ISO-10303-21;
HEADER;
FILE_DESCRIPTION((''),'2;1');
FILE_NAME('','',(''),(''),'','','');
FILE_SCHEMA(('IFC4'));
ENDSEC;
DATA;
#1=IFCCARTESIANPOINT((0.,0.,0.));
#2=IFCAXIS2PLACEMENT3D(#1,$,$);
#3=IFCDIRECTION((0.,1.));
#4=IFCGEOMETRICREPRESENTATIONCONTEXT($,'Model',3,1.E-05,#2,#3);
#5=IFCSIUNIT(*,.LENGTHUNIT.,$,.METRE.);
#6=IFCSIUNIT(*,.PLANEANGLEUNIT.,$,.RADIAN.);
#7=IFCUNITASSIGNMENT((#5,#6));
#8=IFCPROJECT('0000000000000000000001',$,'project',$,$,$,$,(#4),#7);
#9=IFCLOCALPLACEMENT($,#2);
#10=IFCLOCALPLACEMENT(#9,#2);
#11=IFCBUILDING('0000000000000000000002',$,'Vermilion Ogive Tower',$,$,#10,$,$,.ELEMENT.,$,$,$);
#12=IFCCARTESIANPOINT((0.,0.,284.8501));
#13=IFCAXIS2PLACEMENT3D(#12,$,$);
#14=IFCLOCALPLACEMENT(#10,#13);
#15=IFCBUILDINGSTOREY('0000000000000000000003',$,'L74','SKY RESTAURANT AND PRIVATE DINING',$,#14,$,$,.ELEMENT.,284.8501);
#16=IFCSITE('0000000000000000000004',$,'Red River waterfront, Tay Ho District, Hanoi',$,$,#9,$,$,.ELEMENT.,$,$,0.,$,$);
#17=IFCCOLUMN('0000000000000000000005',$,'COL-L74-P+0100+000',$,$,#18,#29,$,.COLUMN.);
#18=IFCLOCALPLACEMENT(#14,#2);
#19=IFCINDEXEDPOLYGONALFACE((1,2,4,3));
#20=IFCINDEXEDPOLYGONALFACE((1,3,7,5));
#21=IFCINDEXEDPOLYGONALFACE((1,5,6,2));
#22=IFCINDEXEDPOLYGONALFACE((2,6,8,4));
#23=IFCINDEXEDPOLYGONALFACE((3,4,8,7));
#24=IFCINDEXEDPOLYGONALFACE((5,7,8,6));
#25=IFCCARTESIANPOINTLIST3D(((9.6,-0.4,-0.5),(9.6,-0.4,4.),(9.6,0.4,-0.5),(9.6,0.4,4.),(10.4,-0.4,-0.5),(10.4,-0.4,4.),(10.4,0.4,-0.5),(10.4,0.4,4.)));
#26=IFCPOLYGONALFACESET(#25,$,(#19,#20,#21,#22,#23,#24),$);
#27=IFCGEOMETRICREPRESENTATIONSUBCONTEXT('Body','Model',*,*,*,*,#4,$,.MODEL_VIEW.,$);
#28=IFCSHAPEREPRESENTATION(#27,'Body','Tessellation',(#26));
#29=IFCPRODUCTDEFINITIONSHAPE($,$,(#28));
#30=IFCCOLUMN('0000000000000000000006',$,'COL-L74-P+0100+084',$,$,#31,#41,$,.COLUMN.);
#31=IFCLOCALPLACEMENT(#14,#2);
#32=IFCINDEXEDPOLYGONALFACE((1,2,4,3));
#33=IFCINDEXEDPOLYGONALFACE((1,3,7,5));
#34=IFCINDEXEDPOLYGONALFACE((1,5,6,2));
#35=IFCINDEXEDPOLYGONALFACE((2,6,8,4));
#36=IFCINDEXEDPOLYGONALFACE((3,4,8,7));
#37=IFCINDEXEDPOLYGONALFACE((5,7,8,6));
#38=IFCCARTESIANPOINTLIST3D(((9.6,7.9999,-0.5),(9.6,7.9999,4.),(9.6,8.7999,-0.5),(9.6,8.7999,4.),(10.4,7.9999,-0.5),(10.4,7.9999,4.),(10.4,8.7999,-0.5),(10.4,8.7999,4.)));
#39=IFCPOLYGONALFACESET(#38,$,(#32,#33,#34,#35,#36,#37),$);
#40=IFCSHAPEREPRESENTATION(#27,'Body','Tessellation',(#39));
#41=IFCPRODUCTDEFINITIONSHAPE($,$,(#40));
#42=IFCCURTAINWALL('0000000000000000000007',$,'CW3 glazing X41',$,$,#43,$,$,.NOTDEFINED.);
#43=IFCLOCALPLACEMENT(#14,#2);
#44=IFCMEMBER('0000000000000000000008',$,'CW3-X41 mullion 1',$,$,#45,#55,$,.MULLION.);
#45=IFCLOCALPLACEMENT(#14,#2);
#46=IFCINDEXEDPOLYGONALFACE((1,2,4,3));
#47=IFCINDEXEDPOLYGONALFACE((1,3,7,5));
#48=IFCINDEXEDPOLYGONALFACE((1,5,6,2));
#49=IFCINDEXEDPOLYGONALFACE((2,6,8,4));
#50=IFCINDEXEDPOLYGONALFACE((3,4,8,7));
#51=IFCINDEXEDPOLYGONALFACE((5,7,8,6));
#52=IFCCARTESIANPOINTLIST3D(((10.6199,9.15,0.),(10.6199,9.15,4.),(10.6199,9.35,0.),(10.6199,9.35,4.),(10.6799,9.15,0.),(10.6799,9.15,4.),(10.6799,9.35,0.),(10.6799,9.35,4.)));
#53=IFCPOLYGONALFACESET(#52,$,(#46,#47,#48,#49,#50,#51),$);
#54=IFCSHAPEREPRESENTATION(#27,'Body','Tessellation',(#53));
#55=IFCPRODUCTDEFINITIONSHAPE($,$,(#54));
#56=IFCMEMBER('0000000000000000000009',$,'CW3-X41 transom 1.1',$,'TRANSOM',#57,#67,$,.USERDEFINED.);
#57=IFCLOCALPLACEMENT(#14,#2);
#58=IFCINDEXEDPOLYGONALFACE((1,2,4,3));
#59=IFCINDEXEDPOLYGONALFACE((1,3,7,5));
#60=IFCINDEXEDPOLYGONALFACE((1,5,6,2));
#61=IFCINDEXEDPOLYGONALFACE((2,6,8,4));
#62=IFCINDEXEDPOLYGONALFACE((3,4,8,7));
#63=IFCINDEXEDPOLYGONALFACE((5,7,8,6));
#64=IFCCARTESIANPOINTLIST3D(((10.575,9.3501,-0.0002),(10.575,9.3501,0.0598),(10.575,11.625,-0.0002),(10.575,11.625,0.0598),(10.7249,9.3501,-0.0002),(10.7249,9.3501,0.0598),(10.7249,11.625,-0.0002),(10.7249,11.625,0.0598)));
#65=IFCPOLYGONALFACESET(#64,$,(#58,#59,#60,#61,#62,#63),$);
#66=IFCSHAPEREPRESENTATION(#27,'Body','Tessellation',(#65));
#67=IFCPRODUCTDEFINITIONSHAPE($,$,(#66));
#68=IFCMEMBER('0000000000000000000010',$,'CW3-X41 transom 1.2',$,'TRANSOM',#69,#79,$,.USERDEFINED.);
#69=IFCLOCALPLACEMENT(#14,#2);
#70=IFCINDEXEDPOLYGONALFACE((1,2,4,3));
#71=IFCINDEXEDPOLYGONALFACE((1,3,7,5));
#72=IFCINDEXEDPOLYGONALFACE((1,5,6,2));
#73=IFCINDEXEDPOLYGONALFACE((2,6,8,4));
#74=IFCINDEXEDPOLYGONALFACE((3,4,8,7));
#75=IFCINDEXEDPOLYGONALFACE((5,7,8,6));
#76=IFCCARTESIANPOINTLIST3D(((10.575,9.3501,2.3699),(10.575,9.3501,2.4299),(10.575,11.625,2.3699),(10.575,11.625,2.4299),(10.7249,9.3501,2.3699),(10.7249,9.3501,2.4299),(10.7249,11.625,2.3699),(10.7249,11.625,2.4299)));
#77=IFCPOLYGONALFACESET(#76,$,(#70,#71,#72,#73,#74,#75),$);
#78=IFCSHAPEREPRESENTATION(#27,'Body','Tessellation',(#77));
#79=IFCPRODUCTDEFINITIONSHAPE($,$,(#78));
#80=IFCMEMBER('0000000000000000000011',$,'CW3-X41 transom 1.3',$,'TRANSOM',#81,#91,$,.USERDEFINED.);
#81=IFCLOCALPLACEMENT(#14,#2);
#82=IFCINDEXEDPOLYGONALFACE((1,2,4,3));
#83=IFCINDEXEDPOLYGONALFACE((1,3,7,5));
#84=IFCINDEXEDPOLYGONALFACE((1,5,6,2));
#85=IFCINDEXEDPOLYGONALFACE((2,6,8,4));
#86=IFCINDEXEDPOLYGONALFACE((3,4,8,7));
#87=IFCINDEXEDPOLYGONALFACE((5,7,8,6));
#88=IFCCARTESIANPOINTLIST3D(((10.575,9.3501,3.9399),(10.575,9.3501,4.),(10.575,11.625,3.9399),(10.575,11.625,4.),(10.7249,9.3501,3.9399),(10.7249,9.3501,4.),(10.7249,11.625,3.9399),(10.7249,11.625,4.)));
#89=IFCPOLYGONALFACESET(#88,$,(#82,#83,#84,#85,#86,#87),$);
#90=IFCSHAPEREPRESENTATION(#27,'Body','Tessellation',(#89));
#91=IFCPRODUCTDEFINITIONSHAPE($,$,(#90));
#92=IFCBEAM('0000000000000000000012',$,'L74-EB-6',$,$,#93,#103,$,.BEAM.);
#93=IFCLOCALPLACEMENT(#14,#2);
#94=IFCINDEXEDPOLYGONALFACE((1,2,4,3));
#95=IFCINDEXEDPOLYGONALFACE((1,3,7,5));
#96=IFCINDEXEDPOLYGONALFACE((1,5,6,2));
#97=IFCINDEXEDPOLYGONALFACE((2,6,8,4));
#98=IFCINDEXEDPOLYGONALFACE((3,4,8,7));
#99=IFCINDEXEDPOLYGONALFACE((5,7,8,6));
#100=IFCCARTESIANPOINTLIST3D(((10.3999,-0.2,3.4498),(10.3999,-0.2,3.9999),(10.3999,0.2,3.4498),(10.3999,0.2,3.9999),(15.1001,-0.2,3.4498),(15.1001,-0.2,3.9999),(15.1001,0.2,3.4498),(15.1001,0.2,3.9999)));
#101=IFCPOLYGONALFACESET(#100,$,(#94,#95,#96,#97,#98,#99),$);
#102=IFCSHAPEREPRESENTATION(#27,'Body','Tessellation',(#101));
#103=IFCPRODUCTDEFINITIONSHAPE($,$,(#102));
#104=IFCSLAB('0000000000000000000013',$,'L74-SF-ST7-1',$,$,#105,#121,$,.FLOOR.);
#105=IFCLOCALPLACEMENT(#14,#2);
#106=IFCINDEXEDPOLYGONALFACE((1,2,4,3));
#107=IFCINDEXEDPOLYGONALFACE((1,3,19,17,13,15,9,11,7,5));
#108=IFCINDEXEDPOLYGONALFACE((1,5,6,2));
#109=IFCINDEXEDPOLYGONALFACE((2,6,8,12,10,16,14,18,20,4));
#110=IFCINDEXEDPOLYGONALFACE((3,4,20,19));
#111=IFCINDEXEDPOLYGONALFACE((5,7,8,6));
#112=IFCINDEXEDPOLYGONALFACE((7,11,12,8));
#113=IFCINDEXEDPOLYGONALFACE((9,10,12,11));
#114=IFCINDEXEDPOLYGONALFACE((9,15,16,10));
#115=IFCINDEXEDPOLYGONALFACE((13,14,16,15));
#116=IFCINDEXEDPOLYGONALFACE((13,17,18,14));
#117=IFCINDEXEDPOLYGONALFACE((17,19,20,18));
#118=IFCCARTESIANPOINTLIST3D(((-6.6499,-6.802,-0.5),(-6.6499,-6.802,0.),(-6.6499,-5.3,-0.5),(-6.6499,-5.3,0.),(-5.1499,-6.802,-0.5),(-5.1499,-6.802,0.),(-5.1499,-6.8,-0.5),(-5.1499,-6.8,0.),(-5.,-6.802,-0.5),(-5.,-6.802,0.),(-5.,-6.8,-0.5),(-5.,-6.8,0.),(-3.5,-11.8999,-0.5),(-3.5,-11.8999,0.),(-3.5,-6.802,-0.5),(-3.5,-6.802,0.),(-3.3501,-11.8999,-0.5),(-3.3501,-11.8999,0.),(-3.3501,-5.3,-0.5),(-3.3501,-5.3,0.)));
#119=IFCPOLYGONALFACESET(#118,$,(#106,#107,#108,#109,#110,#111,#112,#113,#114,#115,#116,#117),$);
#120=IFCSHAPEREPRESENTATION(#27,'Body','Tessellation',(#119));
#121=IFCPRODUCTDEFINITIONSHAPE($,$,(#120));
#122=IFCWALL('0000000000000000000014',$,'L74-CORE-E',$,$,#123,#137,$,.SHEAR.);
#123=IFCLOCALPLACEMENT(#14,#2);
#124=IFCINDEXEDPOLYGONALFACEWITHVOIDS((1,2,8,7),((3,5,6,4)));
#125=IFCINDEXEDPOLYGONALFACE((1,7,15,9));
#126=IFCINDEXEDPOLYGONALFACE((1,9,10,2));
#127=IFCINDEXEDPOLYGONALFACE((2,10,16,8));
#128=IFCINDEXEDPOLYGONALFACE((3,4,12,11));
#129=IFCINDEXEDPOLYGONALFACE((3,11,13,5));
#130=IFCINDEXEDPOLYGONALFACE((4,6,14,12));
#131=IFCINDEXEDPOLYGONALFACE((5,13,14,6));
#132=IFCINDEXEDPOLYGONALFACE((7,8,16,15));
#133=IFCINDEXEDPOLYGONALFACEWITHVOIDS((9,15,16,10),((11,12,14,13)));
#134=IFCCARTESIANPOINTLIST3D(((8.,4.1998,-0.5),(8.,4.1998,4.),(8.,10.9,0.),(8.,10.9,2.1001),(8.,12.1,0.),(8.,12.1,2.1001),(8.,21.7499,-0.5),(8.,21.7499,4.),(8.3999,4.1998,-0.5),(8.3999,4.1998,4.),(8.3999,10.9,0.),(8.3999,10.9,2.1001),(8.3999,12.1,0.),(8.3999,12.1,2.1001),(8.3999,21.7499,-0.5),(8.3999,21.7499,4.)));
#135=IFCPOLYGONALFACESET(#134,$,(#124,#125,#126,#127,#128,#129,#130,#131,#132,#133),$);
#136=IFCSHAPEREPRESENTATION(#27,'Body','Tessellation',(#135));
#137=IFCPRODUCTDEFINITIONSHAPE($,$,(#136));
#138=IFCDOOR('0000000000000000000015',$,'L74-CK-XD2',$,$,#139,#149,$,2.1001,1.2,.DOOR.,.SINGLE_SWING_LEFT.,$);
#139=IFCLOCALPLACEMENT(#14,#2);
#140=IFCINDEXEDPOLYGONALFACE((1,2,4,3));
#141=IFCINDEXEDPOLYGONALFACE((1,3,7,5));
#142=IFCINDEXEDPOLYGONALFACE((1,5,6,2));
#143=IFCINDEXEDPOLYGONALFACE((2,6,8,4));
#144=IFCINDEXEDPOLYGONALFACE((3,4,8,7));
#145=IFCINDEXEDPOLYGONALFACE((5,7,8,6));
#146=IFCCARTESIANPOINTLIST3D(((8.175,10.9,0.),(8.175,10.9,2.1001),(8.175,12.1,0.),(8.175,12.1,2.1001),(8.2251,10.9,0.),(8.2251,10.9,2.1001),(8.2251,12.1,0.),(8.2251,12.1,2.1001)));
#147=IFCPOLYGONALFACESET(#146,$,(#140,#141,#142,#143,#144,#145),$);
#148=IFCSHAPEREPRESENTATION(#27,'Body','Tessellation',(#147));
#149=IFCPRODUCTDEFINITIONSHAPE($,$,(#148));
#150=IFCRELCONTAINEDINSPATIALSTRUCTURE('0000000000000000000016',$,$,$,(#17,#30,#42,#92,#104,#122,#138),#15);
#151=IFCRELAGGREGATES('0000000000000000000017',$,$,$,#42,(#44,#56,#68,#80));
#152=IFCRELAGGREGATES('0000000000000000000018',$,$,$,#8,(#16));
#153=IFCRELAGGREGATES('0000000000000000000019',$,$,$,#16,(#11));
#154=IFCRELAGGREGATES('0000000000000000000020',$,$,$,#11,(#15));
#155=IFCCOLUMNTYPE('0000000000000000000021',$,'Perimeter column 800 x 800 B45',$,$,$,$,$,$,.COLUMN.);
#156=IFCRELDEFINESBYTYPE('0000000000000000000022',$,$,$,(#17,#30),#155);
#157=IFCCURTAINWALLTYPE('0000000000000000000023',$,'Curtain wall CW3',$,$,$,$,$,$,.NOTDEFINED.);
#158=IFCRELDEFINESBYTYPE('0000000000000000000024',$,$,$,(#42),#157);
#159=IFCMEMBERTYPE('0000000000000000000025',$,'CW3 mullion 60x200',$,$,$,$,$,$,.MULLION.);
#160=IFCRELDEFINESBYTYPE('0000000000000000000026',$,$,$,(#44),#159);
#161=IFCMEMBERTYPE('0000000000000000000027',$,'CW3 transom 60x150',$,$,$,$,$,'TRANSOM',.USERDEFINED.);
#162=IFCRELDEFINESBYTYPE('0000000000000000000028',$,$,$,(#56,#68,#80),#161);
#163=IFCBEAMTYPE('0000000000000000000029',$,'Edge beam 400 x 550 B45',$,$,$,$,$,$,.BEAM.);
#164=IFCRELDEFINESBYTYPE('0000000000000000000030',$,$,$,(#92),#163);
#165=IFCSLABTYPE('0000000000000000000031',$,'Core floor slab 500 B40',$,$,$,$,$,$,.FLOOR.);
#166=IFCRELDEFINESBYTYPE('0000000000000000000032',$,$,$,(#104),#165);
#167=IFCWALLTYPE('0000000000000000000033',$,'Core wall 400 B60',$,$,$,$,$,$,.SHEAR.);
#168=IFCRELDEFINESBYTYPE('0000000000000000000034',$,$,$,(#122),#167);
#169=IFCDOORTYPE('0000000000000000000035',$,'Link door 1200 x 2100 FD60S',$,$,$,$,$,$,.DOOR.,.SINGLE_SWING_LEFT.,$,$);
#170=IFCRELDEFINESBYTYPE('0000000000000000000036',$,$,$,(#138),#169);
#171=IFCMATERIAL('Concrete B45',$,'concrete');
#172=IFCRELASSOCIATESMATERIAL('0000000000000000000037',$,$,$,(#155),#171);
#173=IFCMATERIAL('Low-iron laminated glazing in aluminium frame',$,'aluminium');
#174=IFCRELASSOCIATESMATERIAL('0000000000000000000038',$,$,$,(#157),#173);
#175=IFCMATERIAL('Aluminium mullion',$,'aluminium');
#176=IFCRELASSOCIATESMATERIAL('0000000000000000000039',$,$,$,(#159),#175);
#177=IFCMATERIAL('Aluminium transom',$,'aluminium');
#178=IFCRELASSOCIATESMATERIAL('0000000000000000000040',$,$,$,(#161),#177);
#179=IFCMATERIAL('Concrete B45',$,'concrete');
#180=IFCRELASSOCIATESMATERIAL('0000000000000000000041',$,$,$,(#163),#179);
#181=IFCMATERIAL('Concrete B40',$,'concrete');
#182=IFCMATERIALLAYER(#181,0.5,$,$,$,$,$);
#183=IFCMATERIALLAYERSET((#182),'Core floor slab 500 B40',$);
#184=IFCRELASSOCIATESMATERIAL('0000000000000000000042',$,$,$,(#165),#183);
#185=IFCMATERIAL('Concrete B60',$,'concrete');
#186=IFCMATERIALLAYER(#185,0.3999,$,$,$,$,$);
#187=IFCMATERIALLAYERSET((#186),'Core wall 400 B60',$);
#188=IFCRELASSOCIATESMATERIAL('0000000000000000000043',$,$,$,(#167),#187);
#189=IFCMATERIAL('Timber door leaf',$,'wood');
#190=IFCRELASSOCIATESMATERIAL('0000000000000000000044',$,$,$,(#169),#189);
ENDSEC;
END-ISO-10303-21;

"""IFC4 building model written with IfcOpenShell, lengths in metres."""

from ifc_helpers import new_model, si_unit, direction, frame, frame_2d, origin, origin_2d, place, context, subcontext, project, spatial, polyline, rectangle, outline, extrude, material, layer, layer_set, material_profile, profile_set, type_object, element, fill, aggregate, save


model = new_model("IFC4")

# Units and contexts
model_context = context("Model", 3, precision=1e-05, world=origin(), true_north=direction((0.0, 1.0)))
body_context = subcontext(model_context, "Body", "Model", "MODEL_VIEW")
ifc_project = project(units=[si_unit("LENGTHUNIT", "METRE"), si_unit("PLANEANGLEUNIT", "RADIAN")], contexts=[model_context])

# Site, building, storey
site_placement = place(None, origin())
site = spatial("IfcSite", under=ifc_project, at=site_placement, Name="Red River waterfront, Tay Ho District, Hanoi", CompositionType="ELEMENT", RefElevation=0.0)
building_placement = place(site_placement, origin())
building = spatial("IfcBuilding", under=site, at=building_placement, Name="Vermilion Ogive Tower", CompositionType="ELEMENT")
storey_placement = place(building_placement, frame((0.0, 0.0, 284.8501)))
storey = spatial("IfcBuildingStorey", under=building, at=storey_placement, Name="L74", Description="SKY RESTAURANT AND PRIVATE DINING", CompositionType="ELEMENT", Elevation=284.8501)

# Columns
ifc_material_1 = material(Name="Concrete B45", Category="concrete")
ifc_material_profile_1 = material_profile(ifc_material_1, rectangle(XDim=0.8, YDim=0.8, at=origin_2d()), Name="800 x 800")
ifc_profile_set_1 = profile_set([ifc_material_profile_1], Name="Concrete B45")
column_type = type_object("IfcColumnType", Name="Perimeter column 800 x 800 B45", PredefinedType="COLUMN", material=ifc_profile_set_1)
for number, where, z_axis, x_axis, name in (
    (1, (10.0, 0.0, -0.5), (0.0, 0.0, 1.0), (1.0, 0.0, 0.0), "COL-L74-P+0100+000"),
    (2, (10.0, 8.3999, -0.5), (0.0, 0.0, 1.0), (1.0, 0.0, 0.0), "COL-L74-P+0100+084"),
):
    element("IfcColumn", number, at=place(storey_placement, frame(where, z_axis=z_axis, x_axis=x_axis)), inside=storey, type_object=column_type, Name=name, PredefinedType="COLUMN", context=body_context, shape_type="SweptSolid", body=[
        extrude(rectangle(XDim=0.8, YDim=0.8, at=origin_2d()), origin(), (0.0, 0.0, 1.0), 4.5),
    ])

# Curtain wall, members
ifc_material_2 = material(Name="Low-iron laminated glazing in aluminium frame", Category="aluminium")
curtain_wall_type = type_object("IfcCurtainWallType", Name="Curtain wall CW3", PredefinedType="NOTDEFINED", material=ifc_material_2)
curtain_wall_placement = place(storey_placement, origin())
curtain_wall = element("IfcCurtainWall", 3, at=curtain_wall_placement, inside=storey, type_object=curtain_wall_type, Name="CW3 glazing X41", PredefinedType="NOTDEFINED")
ifc_material_3 = material(Name="Aluminium mullion", Category="aluminium")
ifc_material_profile_2 = material_profile(ifc_material_3, rectangle(XDim=0.0601, YDim=0.2, at=origin_2d()), Name="AL 60x200")
ifc_profile_set_2 = profile_set([ifc_material_profile_2], Name="Aluminium mullion")
member_type_1 = type_object("IfcMemberType", Name="CW3 mullion 60x200", PredefinedType="MULLION", material=ifc_profile_set_2)
member_1_placement = place(storey_placement, frame((10.6499, 9.25, 0.0), z_axis=(0.0, 0.0, 1.0), x_axis=(-1.0, 0.0, 0.0)))
member_1 = element("IfcMember", 4, at=member_1_placement, type_object=member_type_1, Name="CW3-X41 mullion 1", PredefinedType="MULLION", context=body_context, shape_type="SweptSolid", body=[
    extrude(rectangle(XDim=0.0601, YDim=0.2, at=origin_2d()), origin(), (0.0, 0.0, 1.0), 4.0),
])
ifc_material_4 = material(Name="Aluminium transom", Category="aluminium")
ifc_material_profile_3 = material_profile(ifc_material_4, rectangle(XDim=0.1499, YDim=0.0601, at=origin_2d()), Name="AL 60x150")
ifc_profile_set_3 = profile_set([ifc_material_profile_3], Name="Aluminium transom")
member_type_2 = type_object("IfcMemberType", Name="CW3 transom 60x150", ElementType="TRANSOM", PredefinedType="USERDEFINED", material=ifc_profile_set_3)
member_2_placement = place(storey_placement, frame((10.6499, 9.3501, 0.0298), z_axis=(0.0, 1.0, 0.0), x_axis=(-1.0, 0.0, 0.0)))
member_2 = element("IfcMember", 5, at=member_2_placement, type_object=member_type_2, Name="CW3-X41 transom 1.1", ObjectType="TRANSOM", PredefinedType="USERDEFINED", context=body_context, shape_type="SweptSolid", body=[
    extrude(rectangle(XDim=0.1499, YDim=0.0601, at=origin_2d()), origin(), (0.0, 0.0, 1.0), 2.2749),
])
member_3_placement = place(storey_placement, frame((10.6499, 9.3501, 2.3999), z_axis=(0.0, 1.0, 0.0), x_axis=(-1.0, 0.0, 0.0)))
member_3 = element("IfcMember", 6, at=member_3_placement, type_object=member_type_2, Name="CW3-X41 transom 1.2", ObjectType="TRANSOM", PredefinedType="USERDEFINED", context=body_context, shape_type="SweptSolid", body=[
    extrude(rectangle(XDim=0.1499, YDim=0.0601, at=origin_2d()), origin(), (0.0, 0.0, 1.0), 2.2749),
])
member_4_placement = place(storey_placement, frame((10.6499, 9.3501, 3.97), z_axis=(0.0, 1.0, 0.0), x_axis=(-1.0, 0.0, 0.0)))
member_4 = element("IfcMember", 7, at=member_4_placement, type_object=member_type_2, Name="CW3-X41 transom 1.3", ObjectType="TRANSOM", PredefinedType="USERDEFINED", context=body_context, shape_type="SweptSolid", body=[
    extrude(rectangle(XDim=0.1499, YDim=0.0601, at=origin_2d()), origin(), (0.0, 0.0, 1.0), 2.2749),
])
aggregate(curtain_wall, [member_1, member_2, member_3, member_4])

# Beam
ifc_material_5 = material(Name="Concrete B45", Category="concrete")
ifc_material_profile_4 = material_profile(ifc_material_5, rectangle(XDim=0.3999, YDim=0.55, at=origin_2d()), Name="400 x 550")
ifc_profile_set_4 = profile_set([ifc_material_profile_4], Name="Concrete B45")
beam_type = type_object("IfcBeamType", Name="Edge beam 400 x 550 B45", PredefinedType="BEAM", material=ifc_profile_set_4)
beam_placement = place(storey_placement, frame((10.3999, 0.0, 3.7249), z_axis=(1.0, 0.0, 0.0), x_axis=(0.0, 1.0, 0.0)))
element("IfcBeam", 8, at=beam_placement, inside=storey, type_object=beam_type, Name="L74-EB-6", PredefinedType="BEAM", context=body_context, shape_type="SweptSolid", body=[
    extrude(rectangle(XDim=0.3999, YDim=0.55, at=origin_2d()), origin(), (0.0, 0.0, 1.0), 4.7002),
])

# Slab
ifc_material_6 = material(Name="Concrete B40", Category="concrete")
ifc_layer_1 = layer(ifc_material_6, 0.5)
ifc_layer_set_1 = layer_set([ifc_layer_1], Name="Core floor slab 500 B40")
slab_type = type_object("IfcSlabType", Name="Core floor slab 500 B40", PredefinedType="FLOOR", material=ifc_layer_set_1)
slab_placement = place(storey_placement, frame((0.0, 0.0, -0.5)))
element("IfcSlab", 9, at=slab_placement, inside=storey, type_object=slab_type, Name="L74-SF-ST7-1", PredefinedType="FLOOR", context=body_context, shape_type="SweptSolid", body=[
    extrude(outline(polyline([(-6.6499, -5.3), (-6.6499, -6.802), (-5.1499, -6.802), (-5.1499, -6.8), (-5.0, -6.8), (-5.0, -6.802), (-3.5, -6.802), (-3.5, -11.8999), (-3.3501, -11.8999), (-3.3501, -5.3), (-6.6499, -5.3)])), origin(), (0.0, 0.0, 1.0), 0.5),
])

# Wall, opening, door
ifc_material_7 = material(Name="Concrete B60", Category="concrete")
ifc_layer_2 = layer(ifc_material_7, 0.3999)
ifc_layer_set_2 = layer_set([ifc_layer_2], Name="Core wall 400 B60")
wall_type_1 = type_object("IfcWallType", Name="Core wall 400 B60", PredefinedType="SHEAR", material=ifc_layer_set_2)
wall_1_placement = place(storey_placement, frame((8.2, 4.2, -0.5), z_axis=(0.0, 0.0, 1.0), x_axis=(0.0, 1.0, 0.0)))
wall_1 = element("IfcWall", 10, at=wall_1_placement, inside=storey, type_object=wall_type_1, Name="L74-CORE-E", PredefinedType="SHEAR", context=body_context, shape_type="SweptSolid", body=[
    extrude(rectangle(XDim=17.55, YDim=0.3999, at=frame_2d((8.7749, 0.0))), origin(), (0.0, 0.0, 1.0), 4.5),
])
opening_1_placement = place(wall_1_placement, frame((6.7, 0.0, 0.5)))
opening_1 = element("IfcOpeningElement", 11, at=opening_1_placement, cuts=wall_1, PredefinedType="OPENING", context=body_context, shape_type="SweptSolid", body=[
    extrude(rectangle(XDim=1.2, YDim=2.1001, at=frame_2d((0.6001, 1.05))), frame((0.0, 0.21, 0.0), z_axis=(0.0, -1.0, 0.0), x_axis=(1.0, 0.0, 0.0)), (0.0, 0.0, 1.0), 0.4199),
])
ifc_material_8 = material(Name="Timber door leaf", Category="wood")
door_type_1 = type_object("IfcDoorType", Name="Link door 1200 x 2100 FD60S", OperationType="SINGLE_SWING_LEFT", PredefinedType="DOOR", material=ifc_material_8)
door_1_placement = place(opening_1_placement, origin())
door_1 = element("IfcDoor", 12, at=door_1_placement, inside=storey, type_object=door_type_1, Name="L74-CK-XD2", OperationType="SINGLE_SWING_LEFT", OverallHeight=2.1001, OverallWidth=1.2, PredefinedType="DOOR", context=body_context, shape_type="SweptSolid", body=[
    extrude(rectangle(XDim=1.2, YDim=2.1001, at=frame_2d((0.6001, 1.05))), frame((0.0, 0.0249, 0.0), z_axis=(0.0, -1.0, 0.0), x_axis=(1.0, 0.0, 0.0)), (0.0, 0.0, 1.0), 0.05),
])
fill(opening_1, door_1)

save(model, "model.ifc")
